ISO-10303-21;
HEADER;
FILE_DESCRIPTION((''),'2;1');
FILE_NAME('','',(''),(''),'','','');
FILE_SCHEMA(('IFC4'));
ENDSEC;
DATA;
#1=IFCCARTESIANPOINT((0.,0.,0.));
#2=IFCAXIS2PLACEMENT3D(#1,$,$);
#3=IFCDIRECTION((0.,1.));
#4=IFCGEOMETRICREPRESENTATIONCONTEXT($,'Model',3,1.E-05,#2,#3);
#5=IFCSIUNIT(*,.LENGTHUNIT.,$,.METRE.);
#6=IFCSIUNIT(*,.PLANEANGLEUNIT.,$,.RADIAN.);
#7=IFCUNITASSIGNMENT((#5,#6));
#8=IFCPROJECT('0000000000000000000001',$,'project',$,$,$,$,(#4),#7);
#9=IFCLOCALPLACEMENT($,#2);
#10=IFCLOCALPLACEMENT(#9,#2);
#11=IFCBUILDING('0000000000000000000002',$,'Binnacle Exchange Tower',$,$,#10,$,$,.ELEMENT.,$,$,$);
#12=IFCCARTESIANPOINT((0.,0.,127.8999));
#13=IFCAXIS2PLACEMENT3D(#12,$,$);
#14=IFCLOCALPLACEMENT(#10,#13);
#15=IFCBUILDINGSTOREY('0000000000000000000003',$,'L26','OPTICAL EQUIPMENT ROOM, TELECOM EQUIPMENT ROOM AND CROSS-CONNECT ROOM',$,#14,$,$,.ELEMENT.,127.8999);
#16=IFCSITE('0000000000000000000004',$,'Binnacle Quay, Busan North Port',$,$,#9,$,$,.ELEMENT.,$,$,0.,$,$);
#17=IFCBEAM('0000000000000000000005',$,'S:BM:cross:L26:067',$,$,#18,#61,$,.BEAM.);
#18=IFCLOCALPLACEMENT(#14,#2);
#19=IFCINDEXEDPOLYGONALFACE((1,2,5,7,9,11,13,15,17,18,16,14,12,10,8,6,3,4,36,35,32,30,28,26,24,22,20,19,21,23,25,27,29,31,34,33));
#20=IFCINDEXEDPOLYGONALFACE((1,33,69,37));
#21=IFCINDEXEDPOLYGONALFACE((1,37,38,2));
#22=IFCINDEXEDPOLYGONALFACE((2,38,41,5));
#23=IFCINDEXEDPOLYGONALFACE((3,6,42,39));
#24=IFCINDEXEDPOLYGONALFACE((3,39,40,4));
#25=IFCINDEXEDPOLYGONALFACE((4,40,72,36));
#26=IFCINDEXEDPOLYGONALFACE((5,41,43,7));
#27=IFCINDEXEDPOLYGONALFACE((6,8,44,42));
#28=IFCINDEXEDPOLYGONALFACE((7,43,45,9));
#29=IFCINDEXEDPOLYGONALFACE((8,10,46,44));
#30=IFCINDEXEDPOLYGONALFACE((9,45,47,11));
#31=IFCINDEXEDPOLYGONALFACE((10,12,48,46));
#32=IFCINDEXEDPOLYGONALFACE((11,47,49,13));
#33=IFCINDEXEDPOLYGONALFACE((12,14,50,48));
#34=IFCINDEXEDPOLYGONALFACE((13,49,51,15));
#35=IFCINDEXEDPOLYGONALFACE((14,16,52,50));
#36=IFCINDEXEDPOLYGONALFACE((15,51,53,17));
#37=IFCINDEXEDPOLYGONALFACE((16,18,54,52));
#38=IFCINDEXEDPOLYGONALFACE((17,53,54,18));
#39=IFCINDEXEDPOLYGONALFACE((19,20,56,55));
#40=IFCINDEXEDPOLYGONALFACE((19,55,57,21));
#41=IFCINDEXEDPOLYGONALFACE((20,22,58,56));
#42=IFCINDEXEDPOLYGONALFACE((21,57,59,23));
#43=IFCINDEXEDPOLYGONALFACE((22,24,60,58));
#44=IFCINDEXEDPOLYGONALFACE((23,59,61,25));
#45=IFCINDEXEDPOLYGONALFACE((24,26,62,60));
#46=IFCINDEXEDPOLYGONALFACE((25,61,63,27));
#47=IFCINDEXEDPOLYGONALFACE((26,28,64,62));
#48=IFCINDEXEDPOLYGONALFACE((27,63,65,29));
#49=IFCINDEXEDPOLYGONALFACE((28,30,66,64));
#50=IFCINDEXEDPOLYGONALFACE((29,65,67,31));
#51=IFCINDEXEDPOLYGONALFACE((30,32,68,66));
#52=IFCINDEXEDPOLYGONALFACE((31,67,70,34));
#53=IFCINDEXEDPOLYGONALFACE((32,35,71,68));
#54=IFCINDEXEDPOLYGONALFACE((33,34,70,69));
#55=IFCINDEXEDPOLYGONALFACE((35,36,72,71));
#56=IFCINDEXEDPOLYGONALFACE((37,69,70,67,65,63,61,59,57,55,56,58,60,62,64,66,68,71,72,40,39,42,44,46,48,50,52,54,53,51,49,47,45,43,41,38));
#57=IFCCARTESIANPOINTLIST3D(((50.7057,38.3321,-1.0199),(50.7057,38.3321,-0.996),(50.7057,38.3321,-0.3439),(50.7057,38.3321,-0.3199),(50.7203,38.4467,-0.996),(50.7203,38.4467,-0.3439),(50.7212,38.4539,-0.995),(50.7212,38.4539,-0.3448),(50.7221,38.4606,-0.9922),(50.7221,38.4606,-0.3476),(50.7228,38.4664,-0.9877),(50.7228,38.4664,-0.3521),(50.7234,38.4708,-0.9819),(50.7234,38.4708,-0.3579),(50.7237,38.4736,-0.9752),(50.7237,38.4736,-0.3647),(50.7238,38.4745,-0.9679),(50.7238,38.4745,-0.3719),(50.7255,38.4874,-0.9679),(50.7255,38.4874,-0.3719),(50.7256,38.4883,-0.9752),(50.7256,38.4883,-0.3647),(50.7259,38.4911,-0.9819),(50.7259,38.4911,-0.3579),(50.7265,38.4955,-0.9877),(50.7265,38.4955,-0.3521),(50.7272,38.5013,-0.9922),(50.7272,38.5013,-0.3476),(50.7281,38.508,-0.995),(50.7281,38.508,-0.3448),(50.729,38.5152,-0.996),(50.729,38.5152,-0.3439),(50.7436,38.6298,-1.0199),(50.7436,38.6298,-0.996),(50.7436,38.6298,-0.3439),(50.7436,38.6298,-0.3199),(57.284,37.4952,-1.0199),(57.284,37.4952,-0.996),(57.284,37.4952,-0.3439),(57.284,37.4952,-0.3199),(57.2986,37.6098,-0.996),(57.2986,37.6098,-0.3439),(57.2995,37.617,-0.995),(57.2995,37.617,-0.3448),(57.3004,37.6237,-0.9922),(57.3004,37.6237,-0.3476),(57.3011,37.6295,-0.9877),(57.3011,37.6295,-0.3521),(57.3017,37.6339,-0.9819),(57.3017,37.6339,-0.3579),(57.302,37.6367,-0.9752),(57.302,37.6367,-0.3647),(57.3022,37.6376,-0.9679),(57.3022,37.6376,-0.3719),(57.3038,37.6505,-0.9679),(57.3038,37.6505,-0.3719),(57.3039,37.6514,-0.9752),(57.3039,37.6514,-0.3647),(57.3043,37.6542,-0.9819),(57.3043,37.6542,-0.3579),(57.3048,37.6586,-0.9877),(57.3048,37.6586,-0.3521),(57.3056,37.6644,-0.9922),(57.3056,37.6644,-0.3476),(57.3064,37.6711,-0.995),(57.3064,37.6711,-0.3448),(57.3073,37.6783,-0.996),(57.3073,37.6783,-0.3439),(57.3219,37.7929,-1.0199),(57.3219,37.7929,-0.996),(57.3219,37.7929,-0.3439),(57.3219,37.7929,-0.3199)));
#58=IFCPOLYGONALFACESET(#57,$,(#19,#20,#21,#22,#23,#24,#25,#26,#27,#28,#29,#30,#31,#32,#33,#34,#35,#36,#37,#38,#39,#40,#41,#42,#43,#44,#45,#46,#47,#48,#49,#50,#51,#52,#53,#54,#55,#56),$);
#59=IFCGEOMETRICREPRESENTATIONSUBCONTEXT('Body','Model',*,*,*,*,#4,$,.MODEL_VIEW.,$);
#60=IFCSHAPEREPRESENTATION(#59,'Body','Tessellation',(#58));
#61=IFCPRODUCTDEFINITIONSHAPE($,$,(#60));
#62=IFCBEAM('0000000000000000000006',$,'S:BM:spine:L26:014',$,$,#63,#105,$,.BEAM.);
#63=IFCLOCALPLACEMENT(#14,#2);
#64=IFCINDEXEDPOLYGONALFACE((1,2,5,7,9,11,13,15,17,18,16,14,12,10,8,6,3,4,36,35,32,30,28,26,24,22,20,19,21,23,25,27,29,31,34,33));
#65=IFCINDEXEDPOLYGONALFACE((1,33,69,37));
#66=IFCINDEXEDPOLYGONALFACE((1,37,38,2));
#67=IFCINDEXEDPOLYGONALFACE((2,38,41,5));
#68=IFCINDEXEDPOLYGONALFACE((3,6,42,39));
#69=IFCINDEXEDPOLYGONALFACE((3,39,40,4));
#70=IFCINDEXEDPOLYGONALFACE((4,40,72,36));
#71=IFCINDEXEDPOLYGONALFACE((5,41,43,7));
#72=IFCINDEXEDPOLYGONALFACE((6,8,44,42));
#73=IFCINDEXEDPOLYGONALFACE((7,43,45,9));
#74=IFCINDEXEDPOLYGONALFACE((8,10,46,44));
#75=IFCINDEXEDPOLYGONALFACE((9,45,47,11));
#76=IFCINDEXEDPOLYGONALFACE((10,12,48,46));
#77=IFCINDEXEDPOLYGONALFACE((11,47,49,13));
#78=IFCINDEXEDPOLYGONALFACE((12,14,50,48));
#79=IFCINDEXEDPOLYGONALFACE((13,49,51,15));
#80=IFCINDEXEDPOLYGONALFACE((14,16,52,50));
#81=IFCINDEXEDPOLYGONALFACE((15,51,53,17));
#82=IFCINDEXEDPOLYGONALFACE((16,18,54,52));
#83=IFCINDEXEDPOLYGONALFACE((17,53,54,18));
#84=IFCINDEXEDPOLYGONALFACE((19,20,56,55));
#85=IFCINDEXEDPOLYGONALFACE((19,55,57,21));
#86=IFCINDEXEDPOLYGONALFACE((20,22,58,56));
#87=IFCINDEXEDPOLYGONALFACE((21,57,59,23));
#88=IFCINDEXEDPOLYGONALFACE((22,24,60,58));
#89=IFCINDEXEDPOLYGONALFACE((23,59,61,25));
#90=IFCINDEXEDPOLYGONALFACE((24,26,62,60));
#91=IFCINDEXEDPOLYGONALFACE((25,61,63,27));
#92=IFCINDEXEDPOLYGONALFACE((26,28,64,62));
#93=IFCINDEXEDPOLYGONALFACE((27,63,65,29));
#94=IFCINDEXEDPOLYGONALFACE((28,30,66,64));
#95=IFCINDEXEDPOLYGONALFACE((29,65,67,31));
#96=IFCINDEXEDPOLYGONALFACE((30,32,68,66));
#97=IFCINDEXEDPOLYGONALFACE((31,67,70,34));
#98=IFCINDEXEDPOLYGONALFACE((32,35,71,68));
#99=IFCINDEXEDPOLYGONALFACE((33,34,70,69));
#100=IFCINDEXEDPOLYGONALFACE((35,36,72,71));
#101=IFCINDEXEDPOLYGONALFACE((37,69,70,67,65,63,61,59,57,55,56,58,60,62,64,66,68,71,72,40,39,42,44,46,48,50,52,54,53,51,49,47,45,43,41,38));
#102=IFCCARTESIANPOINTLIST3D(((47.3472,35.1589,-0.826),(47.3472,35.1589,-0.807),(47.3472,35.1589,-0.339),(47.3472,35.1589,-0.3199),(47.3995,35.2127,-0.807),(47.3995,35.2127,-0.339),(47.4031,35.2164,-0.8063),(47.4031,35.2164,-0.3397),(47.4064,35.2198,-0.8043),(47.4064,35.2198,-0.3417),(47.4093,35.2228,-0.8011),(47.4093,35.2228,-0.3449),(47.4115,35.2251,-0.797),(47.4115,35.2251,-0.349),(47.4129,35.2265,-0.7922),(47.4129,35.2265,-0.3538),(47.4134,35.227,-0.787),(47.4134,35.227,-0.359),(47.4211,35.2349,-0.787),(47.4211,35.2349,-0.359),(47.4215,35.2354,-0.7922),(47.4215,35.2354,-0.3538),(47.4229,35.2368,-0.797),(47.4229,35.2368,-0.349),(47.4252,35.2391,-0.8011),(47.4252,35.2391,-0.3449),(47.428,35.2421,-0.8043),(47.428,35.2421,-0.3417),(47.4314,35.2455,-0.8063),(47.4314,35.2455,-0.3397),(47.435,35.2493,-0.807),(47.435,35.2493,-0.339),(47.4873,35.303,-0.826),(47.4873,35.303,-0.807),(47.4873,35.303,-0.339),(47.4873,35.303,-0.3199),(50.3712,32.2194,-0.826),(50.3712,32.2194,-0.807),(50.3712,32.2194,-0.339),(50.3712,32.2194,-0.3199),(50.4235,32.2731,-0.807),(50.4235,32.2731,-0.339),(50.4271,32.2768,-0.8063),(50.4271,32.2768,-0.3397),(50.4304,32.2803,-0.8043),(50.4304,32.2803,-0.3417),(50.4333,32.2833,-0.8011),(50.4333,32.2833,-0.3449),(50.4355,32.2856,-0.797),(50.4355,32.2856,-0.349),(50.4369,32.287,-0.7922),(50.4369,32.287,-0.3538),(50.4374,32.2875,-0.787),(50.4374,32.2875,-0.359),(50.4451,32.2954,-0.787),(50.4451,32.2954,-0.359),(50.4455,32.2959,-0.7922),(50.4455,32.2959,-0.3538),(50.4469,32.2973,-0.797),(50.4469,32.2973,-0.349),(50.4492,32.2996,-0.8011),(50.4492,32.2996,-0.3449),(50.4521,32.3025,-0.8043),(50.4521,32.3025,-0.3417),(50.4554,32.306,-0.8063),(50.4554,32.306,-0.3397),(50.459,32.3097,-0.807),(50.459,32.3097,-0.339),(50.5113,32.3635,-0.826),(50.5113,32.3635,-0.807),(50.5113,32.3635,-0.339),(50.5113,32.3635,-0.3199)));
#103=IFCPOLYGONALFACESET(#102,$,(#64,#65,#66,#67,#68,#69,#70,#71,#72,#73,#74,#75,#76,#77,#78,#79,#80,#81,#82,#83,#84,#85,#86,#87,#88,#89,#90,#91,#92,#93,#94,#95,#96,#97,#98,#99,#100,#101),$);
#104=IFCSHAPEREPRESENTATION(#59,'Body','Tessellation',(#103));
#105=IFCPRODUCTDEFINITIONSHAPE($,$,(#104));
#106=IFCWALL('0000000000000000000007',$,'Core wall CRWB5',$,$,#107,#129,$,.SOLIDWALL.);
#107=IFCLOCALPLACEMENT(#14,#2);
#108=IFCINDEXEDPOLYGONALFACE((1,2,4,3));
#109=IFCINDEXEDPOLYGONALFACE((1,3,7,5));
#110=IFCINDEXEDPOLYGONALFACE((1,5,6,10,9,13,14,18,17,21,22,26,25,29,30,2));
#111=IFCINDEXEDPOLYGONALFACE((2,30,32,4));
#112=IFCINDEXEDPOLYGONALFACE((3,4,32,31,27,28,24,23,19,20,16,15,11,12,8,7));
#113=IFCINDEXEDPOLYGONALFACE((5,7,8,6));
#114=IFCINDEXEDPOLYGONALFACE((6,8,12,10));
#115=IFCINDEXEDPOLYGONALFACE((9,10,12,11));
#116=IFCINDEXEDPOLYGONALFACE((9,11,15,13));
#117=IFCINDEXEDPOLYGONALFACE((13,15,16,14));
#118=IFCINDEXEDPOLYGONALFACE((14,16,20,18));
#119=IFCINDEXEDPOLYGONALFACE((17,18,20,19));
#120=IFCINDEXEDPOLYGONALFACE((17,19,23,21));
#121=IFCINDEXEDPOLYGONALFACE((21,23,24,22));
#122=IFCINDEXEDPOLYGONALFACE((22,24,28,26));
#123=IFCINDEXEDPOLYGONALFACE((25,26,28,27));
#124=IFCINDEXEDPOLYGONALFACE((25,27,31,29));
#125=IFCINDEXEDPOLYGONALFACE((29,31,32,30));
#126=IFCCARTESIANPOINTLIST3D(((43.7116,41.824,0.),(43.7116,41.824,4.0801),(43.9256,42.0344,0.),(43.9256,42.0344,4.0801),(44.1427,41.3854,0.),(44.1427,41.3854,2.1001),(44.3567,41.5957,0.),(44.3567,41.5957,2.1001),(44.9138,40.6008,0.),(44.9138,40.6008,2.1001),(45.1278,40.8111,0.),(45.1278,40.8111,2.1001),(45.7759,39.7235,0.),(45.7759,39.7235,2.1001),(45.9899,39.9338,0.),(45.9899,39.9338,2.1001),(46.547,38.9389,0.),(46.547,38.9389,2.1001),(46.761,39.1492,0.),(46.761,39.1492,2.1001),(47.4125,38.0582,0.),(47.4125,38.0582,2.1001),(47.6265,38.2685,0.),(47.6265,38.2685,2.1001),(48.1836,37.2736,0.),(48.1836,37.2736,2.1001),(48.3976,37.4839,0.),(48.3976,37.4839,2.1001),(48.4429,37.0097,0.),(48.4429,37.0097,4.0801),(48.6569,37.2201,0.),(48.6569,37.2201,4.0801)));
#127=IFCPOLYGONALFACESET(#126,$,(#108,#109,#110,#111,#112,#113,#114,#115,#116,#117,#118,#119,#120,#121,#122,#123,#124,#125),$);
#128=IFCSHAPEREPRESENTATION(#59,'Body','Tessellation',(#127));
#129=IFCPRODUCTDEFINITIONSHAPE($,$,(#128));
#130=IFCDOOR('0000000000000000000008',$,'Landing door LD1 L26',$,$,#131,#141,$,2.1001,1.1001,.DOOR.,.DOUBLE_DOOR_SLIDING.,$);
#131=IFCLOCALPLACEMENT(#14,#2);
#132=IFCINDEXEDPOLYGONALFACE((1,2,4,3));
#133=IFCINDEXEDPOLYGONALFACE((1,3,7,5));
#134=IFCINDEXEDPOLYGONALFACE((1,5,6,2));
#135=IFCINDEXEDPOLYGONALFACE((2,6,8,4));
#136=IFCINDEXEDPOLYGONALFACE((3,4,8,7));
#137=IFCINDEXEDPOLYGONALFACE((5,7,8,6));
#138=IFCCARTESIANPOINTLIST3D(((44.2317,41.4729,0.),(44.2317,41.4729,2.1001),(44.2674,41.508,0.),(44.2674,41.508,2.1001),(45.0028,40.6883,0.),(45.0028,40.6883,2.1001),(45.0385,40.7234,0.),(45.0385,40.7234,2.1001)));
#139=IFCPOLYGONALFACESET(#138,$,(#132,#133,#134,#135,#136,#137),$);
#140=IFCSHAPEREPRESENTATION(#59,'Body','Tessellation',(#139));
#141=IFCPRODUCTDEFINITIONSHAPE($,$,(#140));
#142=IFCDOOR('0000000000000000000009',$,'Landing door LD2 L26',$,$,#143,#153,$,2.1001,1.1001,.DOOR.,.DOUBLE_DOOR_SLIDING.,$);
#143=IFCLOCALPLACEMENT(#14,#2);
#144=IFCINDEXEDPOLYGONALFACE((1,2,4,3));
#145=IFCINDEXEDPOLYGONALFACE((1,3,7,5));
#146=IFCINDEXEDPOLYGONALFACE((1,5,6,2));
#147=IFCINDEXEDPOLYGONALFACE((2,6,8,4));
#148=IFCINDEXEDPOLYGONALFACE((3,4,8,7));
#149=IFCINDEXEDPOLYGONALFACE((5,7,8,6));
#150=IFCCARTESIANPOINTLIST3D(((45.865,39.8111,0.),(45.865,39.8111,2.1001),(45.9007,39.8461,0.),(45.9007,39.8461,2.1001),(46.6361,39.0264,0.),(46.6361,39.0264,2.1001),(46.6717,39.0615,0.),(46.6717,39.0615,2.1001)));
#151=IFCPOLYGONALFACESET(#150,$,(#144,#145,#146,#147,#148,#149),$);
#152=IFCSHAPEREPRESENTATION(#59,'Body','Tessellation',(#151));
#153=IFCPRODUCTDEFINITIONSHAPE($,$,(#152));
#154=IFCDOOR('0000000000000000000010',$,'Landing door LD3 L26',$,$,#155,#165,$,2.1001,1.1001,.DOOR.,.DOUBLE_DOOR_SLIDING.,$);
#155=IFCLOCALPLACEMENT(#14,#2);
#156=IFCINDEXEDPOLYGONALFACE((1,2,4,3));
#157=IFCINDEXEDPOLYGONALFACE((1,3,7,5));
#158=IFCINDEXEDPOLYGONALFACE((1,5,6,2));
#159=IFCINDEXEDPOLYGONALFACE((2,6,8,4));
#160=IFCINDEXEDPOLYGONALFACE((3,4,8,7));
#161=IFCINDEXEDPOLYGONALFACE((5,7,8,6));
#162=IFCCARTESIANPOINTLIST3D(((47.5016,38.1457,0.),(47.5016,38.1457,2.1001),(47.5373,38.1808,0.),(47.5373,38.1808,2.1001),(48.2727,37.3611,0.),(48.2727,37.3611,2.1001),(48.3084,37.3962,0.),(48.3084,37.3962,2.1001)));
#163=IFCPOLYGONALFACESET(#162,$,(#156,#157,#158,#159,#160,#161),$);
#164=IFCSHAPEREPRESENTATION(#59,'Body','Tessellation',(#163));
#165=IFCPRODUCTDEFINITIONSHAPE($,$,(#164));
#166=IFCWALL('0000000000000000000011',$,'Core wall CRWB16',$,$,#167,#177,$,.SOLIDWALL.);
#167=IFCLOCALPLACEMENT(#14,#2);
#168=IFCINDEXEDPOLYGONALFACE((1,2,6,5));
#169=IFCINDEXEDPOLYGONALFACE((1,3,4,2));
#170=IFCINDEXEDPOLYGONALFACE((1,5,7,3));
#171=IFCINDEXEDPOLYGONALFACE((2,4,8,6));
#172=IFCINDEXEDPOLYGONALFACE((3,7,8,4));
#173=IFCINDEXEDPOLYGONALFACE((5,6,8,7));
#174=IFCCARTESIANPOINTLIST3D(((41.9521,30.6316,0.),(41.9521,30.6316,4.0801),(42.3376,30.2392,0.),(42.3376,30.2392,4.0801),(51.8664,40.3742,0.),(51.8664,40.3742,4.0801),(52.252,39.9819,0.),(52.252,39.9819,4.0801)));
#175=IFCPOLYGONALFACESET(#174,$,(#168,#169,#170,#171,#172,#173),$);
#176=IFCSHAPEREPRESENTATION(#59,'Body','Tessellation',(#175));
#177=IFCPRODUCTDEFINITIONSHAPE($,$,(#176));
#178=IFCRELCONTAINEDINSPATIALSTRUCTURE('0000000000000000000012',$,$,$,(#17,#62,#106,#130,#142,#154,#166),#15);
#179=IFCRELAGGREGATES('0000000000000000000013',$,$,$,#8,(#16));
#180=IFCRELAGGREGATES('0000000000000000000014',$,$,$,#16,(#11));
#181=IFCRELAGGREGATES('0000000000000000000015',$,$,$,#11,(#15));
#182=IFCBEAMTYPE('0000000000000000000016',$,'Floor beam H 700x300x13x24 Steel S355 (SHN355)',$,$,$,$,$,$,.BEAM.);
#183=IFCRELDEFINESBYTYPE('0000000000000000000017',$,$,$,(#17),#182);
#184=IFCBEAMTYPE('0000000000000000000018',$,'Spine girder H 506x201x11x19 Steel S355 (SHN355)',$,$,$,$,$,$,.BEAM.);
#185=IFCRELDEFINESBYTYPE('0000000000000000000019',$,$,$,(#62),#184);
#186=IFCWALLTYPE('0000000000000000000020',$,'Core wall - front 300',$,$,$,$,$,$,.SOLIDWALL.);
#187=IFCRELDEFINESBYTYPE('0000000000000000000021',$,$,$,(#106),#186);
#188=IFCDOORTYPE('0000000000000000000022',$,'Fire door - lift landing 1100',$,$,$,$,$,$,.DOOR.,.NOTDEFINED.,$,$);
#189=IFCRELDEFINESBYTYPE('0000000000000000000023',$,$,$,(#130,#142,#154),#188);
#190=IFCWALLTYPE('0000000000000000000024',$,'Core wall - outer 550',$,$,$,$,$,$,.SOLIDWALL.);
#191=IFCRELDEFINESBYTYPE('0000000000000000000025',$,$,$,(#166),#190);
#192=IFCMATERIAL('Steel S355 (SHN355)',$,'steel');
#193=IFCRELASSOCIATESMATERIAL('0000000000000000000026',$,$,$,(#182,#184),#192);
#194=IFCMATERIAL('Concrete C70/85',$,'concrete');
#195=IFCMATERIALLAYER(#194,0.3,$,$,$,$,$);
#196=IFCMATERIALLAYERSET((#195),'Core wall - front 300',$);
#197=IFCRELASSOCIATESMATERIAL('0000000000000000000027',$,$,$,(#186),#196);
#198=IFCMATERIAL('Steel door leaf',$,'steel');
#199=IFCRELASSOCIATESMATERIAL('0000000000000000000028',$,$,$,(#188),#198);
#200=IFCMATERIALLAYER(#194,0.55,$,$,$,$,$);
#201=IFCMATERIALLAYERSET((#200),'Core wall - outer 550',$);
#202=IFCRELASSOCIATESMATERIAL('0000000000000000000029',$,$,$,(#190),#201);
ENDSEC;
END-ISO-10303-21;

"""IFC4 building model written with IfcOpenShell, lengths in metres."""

from ifc_helpers import new_model, si_unit, direction, frame, frame_2d, origin, origin_2d, place, context, subcontext, project, spatial, rectangle, i_section, extrude, material, layer, layer_set, material_profile, profile_set, type_object, element, fill, save


model = new_model("IFC4")

# Units and contexts
model_context = context("Model", 3, precision=1e-05, world=origin(), true_north=direction((0.0, 1.0)))
body_context = subcontext(model_context, "Body", "Model", "MODEL_VIEW")
ifc_project = project(units=[si_unit("LENGTHUNIT", "METRE"), si_unit("PLANEANGLEUNIT", "RADIAN")], contexts=[model_context])

# Site, building, storey
site_placement = place(None, origin())
site = spatial("IfcSite", under=ifc_project, at=site_placement, Name="Binnacle Quay, Busan North Port", CompositionType="ELEMENT", RefElevation=0.0)
building_placement = place(site_placement, origin())
building = spatial("IfcBuilding", under=site, at=building_placement, Name="Binnacle Exchange Tower", CompositionType="ELEMENT")
storey_placement = place(building_placement, frame((0.0, 0.0, 127.8999)))
storey = spatial("IfcBuildingStorey", under=building, at=storey_placement, Name="L26", Description="OPTICAL EQUIPMENT ROOM, TELECOM EQUIPMENT ROOM AND CROSS-CONNECT ROOM", CompositionType="ELEMENT", Elevation=127.8999)

# Shared definitions
ifc_material_1 = material(Name="Concrete C70/85", Category="concrete")

# Beams
ifc_material_2 = material(Name="Steel S355 (SHN355)", Category="steel")
ifc_material_profile_1 = material_profile(ifc_material_2, i_section(OverallWidth=0.3, OverallDepth=0.7, WebThickness=0.0129, FlangeThickness=0.0239, FilletRadius=0.0281, at=origin_2d()), Name="H 700x300x13x24")
ifc_profile_set_1 = profile_set([ifc_material_profile_1], Name="Steel S355 (SHN355)")
beam_type_1 = type_object("IfcBeamType", Name="Floor beam H 700x300x13x24 Steel S355 (SHN355)", PredefinedType="BEAM", material=ifc_profile_set_1)
beam_1_placement = place(storey_placement, frame((57.303, 37.644, -0.6699), z_axis=(-0.992004, 0.126205, 0.0), x_axis=(-0.126205, -0.992004, 0.0)))
element("IfcBeam", 1, at=beam_1_placement, inside=storey, type_object=beam_type_1, Name="S:BM:cross:L26:067", PredefinedType="BEAM", context=body_context, shape_type="SweptSolid", body=[
    extrude(i_section(OverallWidth=0.3, OverallDepth=0.7, WebThickness=0.0129, FlangeThickness=0.0239, FilletRadius=0.0281, at=origin_2d()), origin(), (0.0, 0.0, 1.0), 6.6313),
])
ifc_material_profile_2 = material_profile(ifc_material_2, i_section(OverallWidth=0.2009, OverallDepth=0.5061, WebThickness=0.011, FlangeThickness=0.019, FilletRadius=0.02, at=origin_2d()), Name="H 506x201x11x19")
ifc_profile_set_2 = profile_set([ifc_material_profile_2], Name="Steel S355 (SHN355)")
beam_type_2 = type_object("IfcBeamType", Name="Spine girder H 506x201x11x19 Steel S355 (SHN355)", PredefinedType="BEAM", material=ifc_profile_set_2)
beam_2_placement = place(storey_placement, frame((47.4172, 35.231, -0.573), z_axis=(0.717051, -0.697021, 0.0), x_axis=(0.697021, 0.717051, 0.0)))
element("IfcBeam", 2, at=beam_2_placement, inside=storey, type_object=beam_type_2, Name="S:BM:spine:L26:014", PredefinedType="BEAM", context=body_context, shape_type="SweptSolid", body=[
    extrude(i_section(OverallWidth=0.2009, OverallDepth=0.5061, WebThickness=0.011, FlangeThickness=0.019, FilletRadius=0.02, at=origin_2d()), origin(), (0.0, 0.0, 1.0), 4.2173),
])

# Wall, openings, doors
ifc_layer_1 = layer(ifc_material_1, 0.3)
ifc_layer_set_1 = layer_set([ifc_layer_1], Name="Core wall - front 300")
wall_type_1 = type_object("IfcWallType", Name="Core wall - front 300", PredefinedType="SOLIDWALL", material=ifc_layer_set_1)
wall_1_placement = place(storey_placement, frame((43.8186, 41.9292, 0.0), z_axis=(0.0, 0.0, 1.0), x_axis=(0.700931, -0.713229, 0.0)))
wall_1 = element("IfcWall", 3, at=wall_1_placement, inside=storey, type_object=wall_type_1, Name="Core wall CRWB5", PredefinedType="SOLIDWALL", context=body_context, shape_type="SweptSolid", body=[
    extrude(rectangle(XDim=6.75, YDim=0.3, at=frame_2d((3.375, 0.0))), origin(), (0.0, 0.0, 1.0), 4.0801),
])
opening_1_placement = place(wall_1_placement, frame((0.615, 0.0, 0.0)))
opening_1 = element("IfcOpeningElement", 4, at=opening_1_placement, cuts=wall_1, PredefinedType="OPENING", context=body_context, shape_type="SweptSolid", body=[
    extrude(rectangle(XDim=1.1001, YDim=2.1001, at=frame_2d((0.55, 1.05))), frame((0.0, 0.1599, 0.0), z_axis=(0.0, -1.0, 0.0), x_axis=(1.0, 0.0, 0.0)), (0.0, 0.0, 1.0), 0.3201),
])
opening_2_placement = place(wall_1_placement, frame((2.9451, 0.0, 0.0)))
opening_2 = element("IfcOpeningElement", 5, at=opening_2_placement, cuts=wall_1, PredefinedType="OPENING", context=body_context, shape_type="SweptSolid", body=[
    extrude(rectangle(XDim=1.1001, YDim=2.1001, at=frame_2d((0.55, 1.05))), frame((0.0, 0.1599, 0.0), z_axis=(0.0, -1.0, 0.0), x_axis=(1.0, 0.0, 0.0)), (0.0, 0.0, 1.0), 0.3201),
])
opening_3_placement = place(wall_1_placement, frame((5.28, 0.0, 0.0)))
opening_3 = element("IfcOpeningElement", 6, at=opening_3_placement, cuts=wall_1, PredefinedType="OPENING", context=body_context, shape_type="SweptSolid", body=[
    extrude(rectangle(XDim=1.1001, YDim=2.1001, at=frame_2d((0.55, 1.05))), frame((0.0, 0.1599, 0.0), z_axis=(0.0, -1.0, 0.0), x_axis=(1.0, 0.0, 0.0)), (0.0, 0.0, 1.0), 0.3201),
])
ifc_material_3 = material(Name="Steel door leaf", Category="steel")
door_type = type_object("IfcDoorType", Name="Fire door - lift landing 1100", OperationType="NOTDEFINED", PredefinedType="DOOR", material=ifc_material_3)
door_1_placement = place(opening_1_placement, origin())
door_1 = element("IfcDoor", 7, at=door_1_placement, inside=storey, type_object=door_type, Name="Landing door LD1 L26", OperationType="DOUBLE_DOOR_SLIDING", OverallHeight=2.1001, OverallWidth=1.1001, PredefinedType="DOOR", context=body_context, shape_type="SweptSolid", body=[
    extrude(rectangle(XDim=1.1001, YDim=2.1001, at=frame_2d((0.55, 1.05))), frame((0.0, 0.0249, 0.0), z_axis=(0.0, -1.0, 0.0), x_axis=(1.0, 0.0, 0.0)), (0.0, 0.0, 1.0), 0.05),
])
fill(opening_1, door_1)
door_2_placement = place(opening_2_placement, origin())
door_2 = element("IfcDoor", 8, at=door_2_placement, inside=storey, type_object=door_type, Name="Landing door LD2 L26", OperationType="DOUBLE_DOOR_SLIDING", OverallHeight=2.1001, OverallWidth=1.1001, PredefinedType="DOOR", context=body_context, shape_type="SweptSolid", body=[
    extrude(rectangle(XDim=1.1001, YDim=2.1001, at=frame_2d((0.55, 1.05))), frame((0.0, 0.0249, 0.0), z_axis=(0.0, -1.0, 0.0), x_axis=(1.0, 0.0, 0.0)), (0.0, 0.0, 1.0), 0.05),
])
fill(opening_2, door_2)
door_3_placement = place(opening_3_placement, origin())
door_3 = element("IfcDoor", 9, at=door_3_placement, inside=storey, type_object=door_type, Name="Landing door LD3 L26", OperationType="DOUBLE_DOOR_SLIDING", OverallHeight=2.1001, OverallWidth=1.1001, PredefinedType="DOOR", context=body_context, shape_type="SweptSolid", body=[
    extrude(rectangle(XDim=1.1001, YDim=2.1001, at=frame_2d((0.55, 1.05))), frame((0.0, 0.0249, 0.0), z_axis=(0.0, -1.0, 0.0), x_axis=(1.0, 0.0, 0.0)), (0.0, 0.0, 1.0), 0.05),
])
fill(opening_3, door_3)

# Wall
ifc_layer_2 = layer(ifc_material_1, 0.55)
ifc_layer_set_2 = layer_set([ifc_layer_2], Name="Core wall - outer 550")
wall_type_2 = type_object("IfcWallType", Name="Core wall - outer 550", PredefinedType="SOLIDWALL", material=ifc_layer_set_2)
wall_2_placement = place(storey_placement, frame((42.1448, 30.4353, 0.0), z_axis=(0.0, 0.0, 1.0), x_axis=(0.713254, 0.700906, 0.0)))
element("IfcWall", 10, at=wall_2_placement, inside=storey, type_object=wall_type_2, Name="Core wall CRWB16", PredefinedType="SOLIDWALL", context=body_context, shape_type="SweptSolid", body=[
    extrude(rectangle(XDim=13.9001, YDim=0.55, at=frame_2d((6.9502, 0.0))), origin(), (0.0, 0.0, 1.0), 4.0801),
])

save(model, "model.ifc")
